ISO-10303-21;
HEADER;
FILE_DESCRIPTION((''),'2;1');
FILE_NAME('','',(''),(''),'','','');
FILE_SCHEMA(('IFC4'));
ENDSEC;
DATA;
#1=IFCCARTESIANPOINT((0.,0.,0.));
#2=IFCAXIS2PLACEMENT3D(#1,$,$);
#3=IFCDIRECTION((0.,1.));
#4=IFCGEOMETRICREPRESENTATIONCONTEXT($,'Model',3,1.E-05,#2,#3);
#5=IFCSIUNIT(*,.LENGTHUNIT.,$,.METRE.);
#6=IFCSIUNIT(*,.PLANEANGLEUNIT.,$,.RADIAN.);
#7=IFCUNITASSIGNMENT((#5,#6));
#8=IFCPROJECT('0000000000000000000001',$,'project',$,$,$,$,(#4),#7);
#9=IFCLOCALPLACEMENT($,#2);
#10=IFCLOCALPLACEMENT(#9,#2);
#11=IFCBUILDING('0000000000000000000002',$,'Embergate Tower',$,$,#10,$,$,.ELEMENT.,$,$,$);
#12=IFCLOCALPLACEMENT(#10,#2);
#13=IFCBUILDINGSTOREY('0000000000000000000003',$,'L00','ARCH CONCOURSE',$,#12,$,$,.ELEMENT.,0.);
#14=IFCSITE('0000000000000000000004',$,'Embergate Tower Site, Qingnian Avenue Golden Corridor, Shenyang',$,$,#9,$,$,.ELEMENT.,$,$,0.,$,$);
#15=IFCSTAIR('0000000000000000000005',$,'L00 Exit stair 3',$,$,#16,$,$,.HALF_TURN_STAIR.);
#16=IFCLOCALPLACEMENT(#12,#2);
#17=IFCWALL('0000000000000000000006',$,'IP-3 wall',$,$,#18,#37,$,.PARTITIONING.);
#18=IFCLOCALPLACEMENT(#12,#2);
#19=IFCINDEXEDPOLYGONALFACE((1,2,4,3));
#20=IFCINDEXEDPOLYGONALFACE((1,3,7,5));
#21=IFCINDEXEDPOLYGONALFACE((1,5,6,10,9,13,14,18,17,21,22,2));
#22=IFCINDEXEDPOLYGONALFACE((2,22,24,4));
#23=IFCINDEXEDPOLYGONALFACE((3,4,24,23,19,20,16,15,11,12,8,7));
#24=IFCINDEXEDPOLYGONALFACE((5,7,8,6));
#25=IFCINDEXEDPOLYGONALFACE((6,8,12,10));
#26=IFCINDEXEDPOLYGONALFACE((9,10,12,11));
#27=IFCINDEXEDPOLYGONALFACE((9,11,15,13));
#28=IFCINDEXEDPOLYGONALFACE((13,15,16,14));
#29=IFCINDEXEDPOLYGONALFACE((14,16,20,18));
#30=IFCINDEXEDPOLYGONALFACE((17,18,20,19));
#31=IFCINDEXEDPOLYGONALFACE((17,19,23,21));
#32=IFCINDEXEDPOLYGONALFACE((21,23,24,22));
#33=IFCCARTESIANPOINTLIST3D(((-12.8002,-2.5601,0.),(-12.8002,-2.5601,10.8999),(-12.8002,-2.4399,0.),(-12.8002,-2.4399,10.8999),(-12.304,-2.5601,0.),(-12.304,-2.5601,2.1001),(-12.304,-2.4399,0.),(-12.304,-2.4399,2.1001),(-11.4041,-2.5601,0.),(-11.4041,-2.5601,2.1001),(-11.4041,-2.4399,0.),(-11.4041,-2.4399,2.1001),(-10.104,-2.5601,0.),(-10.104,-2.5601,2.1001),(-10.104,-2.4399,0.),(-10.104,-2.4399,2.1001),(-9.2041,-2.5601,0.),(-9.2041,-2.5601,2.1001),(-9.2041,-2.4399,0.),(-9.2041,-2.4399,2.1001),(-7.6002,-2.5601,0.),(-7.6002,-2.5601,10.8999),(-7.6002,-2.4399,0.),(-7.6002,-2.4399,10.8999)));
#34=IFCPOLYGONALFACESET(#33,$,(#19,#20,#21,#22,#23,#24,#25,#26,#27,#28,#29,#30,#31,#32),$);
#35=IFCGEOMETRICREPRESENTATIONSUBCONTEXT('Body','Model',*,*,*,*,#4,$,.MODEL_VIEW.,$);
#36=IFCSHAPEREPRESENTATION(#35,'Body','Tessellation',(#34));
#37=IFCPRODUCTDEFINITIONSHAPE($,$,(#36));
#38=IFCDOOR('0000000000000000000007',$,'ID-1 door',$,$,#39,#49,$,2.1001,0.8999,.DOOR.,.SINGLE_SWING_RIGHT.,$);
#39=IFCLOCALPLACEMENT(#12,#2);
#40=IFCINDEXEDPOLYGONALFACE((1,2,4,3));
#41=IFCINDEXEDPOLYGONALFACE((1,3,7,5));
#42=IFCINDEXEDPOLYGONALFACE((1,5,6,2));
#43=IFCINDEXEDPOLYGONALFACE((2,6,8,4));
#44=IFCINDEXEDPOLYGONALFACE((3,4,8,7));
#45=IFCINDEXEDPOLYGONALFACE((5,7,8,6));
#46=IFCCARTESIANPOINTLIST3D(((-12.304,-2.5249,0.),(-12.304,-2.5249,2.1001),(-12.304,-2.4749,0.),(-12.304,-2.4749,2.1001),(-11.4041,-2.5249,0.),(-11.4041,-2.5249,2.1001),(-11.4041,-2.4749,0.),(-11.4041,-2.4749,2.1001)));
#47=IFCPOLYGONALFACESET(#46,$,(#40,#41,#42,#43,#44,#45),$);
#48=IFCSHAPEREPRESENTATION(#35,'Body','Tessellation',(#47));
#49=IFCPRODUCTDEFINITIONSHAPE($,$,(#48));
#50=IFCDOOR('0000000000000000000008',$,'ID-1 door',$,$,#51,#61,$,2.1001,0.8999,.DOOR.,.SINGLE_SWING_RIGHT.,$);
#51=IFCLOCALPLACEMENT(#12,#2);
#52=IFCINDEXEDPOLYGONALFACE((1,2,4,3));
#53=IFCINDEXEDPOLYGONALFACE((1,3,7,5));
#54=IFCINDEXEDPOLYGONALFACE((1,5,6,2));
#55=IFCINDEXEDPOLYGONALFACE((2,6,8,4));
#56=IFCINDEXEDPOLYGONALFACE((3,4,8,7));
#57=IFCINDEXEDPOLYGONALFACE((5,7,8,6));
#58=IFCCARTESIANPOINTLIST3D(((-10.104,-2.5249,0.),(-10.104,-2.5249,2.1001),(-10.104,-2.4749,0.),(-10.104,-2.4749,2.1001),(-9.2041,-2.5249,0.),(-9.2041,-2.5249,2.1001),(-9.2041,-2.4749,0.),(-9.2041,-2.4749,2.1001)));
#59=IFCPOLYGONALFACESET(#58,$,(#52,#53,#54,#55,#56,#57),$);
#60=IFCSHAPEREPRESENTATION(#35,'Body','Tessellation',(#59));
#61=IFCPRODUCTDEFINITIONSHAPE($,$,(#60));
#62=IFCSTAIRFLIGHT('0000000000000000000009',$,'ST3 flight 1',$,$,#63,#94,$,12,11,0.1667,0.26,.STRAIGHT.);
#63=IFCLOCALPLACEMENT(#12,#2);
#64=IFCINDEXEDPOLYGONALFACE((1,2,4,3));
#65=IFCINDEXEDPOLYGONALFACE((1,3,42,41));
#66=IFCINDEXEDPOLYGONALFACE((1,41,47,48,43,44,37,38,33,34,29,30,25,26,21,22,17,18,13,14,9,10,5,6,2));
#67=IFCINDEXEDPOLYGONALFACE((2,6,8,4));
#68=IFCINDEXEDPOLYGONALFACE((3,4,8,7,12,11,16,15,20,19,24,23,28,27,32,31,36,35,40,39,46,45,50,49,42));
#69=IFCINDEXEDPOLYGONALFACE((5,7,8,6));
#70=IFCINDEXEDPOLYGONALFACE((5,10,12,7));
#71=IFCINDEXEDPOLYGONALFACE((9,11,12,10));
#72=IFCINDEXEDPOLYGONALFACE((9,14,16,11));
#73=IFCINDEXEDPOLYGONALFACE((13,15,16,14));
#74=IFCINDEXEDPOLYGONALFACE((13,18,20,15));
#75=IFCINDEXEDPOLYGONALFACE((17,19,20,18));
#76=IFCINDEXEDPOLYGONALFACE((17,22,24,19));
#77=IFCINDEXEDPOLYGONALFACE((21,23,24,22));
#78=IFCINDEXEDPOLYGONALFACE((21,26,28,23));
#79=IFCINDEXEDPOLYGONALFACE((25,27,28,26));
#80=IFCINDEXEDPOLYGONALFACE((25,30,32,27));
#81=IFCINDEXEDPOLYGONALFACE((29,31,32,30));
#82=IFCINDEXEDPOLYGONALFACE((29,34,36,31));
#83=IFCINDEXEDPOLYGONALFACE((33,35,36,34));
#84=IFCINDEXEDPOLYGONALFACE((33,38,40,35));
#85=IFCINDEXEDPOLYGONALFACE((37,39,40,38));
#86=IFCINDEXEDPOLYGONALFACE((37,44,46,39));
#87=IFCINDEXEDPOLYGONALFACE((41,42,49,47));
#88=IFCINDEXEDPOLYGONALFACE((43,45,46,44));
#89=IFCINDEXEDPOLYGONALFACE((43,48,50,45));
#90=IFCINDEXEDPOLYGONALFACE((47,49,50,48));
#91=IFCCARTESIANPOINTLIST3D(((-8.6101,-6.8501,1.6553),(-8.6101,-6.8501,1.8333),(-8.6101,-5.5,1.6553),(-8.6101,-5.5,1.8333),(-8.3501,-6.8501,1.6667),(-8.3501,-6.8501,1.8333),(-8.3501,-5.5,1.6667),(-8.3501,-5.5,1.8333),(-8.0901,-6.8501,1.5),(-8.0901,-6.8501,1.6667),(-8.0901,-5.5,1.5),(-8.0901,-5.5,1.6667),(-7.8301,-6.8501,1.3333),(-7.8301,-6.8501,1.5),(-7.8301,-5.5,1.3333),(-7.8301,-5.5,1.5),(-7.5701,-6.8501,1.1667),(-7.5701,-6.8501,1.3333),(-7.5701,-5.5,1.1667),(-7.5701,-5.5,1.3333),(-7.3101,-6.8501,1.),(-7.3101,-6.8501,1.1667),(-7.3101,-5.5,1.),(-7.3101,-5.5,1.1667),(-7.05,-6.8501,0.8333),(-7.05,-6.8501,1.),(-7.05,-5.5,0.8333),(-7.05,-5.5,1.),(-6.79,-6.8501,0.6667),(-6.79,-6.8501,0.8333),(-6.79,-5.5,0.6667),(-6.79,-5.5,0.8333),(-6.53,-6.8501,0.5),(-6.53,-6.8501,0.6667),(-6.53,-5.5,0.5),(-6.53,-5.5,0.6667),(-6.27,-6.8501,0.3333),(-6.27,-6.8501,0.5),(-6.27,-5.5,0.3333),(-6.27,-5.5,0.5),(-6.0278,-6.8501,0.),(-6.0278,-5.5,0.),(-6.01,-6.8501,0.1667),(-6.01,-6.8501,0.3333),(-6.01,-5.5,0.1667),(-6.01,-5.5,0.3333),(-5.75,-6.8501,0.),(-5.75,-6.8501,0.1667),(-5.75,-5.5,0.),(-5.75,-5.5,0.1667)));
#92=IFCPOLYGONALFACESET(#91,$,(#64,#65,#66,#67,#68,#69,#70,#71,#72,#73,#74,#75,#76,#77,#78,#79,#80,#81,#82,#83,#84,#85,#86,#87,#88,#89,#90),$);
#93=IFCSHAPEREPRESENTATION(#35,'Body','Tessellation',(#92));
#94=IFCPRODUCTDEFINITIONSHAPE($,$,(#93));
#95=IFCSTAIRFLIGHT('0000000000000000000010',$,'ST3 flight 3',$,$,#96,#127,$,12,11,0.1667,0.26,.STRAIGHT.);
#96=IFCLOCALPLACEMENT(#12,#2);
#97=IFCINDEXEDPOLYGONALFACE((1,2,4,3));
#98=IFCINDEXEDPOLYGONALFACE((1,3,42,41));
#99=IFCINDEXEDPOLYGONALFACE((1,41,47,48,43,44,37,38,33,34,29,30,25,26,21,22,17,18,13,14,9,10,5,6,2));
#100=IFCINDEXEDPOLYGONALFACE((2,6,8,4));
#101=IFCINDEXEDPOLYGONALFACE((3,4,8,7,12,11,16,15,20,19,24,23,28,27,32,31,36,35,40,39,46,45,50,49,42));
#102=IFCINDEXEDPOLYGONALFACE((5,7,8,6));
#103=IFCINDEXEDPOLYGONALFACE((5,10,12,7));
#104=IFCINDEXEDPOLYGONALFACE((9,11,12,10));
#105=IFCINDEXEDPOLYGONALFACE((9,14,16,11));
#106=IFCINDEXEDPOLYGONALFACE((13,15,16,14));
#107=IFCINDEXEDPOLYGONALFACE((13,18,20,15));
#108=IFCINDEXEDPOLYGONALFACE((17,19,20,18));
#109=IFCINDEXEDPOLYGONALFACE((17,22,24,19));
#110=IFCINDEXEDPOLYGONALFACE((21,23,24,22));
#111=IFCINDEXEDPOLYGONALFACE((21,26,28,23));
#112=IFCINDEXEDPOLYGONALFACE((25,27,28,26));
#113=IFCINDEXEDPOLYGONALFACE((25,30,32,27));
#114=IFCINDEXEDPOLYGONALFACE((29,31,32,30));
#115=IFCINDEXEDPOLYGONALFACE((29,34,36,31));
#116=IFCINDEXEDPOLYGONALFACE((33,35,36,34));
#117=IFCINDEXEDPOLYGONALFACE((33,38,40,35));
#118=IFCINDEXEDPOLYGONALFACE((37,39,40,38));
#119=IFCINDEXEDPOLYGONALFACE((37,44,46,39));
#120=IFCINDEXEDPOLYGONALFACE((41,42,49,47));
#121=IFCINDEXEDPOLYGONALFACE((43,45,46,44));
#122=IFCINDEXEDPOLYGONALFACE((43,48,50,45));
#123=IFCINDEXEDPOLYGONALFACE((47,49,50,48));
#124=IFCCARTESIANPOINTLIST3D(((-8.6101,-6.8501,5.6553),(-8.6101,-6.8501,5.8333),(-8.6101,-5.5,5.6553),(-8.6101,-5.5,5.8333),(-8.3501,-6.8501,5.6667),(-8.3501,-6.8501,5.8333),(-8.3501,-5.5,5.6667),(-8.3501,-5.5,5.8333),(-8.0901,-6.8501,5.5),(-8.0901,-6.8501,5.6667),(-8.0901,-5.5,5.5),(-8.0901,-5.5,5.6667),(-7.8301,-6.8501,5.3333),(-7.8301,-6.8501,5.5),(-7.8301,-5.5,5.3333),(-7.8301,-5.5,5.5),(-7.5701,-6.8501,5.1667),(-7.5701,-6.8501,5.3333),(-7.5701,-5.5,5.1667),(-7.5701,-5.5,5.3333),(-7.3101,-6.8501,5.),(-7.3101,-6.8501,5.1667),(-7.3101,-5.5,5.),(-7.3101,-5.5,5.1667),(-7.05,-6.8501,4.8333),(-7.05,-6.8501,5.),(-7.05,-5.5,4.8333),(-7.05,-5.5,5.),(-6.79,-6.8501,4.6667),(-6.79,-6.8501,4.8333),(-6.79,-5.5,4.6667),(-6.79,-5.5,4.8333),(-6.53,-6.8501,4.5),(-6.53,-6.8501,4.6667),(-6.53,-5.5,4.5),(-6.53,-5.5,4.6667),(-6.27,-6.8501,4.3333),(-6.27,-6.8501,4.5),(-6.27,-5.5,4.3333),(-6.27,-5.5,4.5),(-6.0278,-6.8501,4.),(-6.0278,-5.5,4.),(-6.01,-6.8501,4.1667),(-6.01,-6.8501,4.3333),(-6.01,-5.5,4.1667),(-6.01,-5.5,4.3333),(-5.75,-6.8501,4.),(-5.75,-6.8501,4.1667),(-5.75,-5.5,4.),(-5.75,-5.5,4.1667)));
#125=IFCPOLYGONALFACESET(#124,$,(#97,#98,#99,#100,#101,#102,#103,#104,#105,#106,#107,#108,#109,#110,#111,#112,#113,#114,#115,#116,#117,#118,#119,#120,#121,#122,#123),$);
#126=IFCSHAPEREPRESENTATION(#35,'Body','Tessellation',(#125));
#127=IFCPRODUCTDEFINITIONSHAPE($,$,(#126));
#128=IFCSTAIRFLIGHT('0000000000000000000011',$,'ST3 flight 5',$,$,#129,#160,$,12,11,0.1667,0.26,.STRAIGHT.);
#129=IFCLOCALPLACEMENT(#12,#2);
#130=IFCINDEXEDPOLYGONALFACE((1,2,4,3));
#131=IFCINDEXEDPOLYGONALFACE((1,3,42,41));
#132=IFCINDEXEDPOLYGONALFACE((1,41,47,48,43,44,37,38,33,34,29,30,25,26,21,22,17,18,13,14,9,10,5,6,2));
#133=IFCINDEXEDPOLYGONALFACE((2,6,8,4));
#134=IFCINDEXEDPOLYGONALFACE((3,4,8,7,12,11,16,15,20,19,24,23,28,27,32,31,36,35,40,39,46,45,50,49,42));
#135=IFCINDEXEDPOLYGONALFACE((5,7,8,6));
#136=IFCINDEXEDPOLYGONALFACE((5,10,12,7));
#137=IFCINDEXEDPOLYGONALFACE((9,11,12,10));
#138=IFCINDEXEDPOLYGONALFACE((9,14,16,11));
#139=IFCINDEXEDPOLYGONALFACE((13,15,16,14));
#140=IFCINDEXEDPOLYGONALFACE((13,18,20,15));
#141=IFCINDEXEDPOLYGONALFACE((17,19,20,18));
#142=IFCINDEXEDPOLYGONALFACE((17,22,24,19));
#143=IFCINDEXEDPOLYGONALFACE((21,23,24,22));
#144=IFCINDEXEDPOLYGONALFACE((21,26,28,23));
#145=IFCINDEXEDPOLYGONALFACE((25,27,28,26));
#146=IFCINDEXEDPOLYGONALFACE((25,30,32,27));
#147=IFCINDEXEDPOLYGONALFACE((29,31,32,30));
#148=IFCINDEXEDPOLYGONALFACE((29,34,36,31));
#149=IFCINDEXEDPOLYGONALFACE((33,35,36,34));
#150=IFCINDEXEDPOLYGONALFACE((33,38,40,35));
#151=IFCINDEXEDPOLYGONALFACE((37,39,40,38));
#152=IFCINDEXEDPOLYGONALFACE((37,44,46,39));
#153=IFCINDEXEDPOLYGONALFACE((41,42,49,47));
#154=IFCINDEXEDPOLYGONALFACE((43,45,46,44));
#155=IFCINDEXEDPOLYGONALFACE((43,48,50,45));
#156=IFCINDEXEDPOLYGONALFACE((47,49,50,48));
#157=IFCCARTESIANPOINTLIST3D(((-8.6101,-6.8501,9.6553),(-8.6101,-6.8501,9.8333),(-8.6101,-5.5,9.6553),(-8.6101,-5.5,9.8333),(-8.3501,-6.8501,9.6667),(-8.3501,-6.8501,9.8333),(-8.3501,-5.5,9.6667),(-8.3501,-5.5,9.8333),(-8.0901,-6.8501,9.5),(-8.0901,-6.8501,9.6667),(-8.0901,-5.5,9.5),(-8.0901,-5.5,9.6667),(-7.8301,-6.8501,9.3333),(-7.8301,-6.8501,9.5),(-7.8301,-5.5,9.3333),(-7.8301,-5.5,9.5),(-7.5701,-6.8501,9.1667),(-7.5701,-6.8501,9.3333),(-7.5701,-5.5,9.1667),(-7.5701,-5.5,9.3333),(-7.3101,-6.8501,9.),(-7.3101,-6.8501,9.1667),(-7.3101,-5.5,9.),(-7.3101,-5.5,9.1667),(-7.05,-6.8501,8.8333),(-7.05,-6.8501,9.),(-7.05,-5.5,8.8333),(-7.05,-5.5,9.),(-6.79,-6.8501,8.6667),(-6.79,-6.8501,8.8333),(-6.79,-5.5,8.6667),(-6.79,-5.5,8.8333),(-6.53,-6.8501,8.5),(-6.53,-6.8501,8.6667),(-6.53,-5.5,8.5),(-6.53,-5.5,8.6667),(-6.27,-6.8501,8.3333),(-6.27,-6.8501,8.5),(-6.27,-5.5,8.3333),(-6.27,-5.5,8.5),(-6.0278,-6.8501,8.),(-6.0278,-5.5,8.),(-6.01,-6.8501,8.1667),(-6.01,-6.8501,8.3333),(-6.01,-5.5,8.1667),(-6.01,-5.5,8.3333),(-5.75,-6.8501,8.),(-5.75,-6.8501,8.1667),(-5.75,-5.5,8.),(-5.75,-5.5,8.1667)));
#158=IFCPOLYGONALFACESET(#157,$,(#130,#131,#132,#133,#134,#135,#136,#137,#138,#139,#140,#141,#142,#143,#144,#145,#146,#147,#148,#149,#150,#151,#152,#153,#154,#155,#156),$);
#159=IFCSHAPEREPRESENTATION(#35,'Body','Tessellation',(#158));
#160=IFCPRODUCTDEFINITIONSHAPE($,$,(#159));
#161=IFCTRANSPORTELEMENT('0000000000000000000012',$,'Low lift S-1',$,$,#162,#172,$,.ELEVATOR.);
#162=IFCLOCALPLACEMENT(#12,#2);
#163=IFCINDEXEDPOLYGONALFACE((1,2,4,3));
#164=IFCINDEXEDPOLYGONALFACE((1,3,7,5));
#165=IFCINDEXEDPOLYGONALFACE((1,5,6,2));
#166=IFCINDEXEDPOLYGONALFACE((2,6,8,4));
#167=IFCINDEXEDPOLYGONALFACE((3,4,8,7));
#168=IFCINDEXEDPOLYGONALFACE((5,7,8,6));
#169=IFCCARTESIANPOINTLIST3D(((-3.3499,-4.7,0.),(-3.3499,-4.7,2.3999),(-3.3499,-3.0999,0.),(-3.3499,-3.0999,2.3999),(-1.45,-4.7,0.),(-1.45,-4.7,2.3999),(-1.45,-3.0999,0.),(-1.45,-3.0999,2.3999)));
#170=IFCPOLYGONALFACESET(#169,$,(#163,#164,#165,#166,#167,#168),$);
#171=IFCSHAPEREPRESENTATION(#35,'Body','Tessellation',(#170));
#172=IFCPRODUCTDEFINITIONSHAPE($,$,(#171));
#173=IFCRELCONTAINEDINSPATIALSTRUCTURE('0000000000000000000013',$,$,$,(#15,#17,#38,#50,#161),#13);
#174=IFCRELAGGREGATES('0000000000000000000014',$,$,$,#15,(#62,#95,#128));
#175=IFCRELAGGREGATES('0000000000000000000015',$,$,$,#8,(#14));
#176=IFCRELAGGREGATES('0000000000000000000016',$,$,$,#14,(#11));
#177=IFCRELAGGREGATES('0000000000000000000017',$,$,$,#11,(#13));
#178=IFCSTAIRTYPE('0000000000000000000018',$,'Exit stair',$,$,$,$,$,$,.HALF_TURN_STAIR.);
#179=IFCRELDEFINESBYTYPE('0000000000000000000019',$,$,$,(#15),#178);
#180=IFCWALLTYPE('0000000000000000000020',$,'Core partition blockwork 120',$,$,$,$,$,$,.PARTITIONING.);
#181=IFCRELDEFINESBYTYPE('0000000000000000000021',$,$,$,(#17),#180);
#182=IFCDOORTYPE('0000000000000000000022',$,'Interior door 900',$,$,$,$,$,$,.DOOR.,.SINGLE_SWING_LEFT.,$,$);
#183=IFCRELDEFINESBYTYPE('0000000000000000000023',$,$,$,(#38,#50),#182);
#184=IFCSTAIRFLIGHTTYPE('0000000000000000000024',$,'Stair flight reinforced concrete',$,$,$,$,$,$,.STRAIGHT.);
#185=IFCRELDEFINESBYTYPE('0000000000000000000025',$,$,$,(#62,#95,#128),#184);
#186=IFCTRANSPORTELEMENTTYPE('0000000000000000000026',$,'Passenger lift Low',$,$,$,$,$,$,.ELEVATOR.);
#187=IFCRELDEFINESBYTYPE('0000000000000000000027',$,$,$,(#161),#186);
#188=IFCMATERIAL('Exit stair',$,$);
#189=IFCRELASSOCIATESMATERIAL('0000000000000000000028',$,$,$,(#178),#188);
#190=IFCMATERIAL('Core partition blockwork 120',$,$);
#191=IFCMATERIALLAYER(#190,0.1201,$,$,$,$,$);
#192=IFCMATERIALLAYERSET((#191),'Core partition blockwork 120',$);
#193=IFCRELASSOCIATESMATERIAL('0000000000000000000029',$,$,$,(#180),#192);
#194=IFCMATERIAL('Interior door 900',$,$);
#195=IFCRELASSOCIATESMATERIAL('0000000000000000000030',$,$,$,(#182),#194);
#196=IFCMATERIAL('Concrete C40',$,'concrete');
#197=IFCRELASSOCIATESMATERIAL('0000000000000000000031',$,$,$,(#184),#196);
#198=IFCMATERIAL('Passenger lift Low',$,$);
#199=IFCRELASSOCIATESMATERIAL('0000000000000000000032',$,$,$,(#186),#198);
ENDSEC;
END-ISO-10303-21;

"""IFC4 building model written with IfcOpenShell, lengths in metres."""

from ifc_helpers import new_model, si_unit, direction, frame, frame_2d, origin, origin_2d, place, context, subcontext, project, spatial, polyline, rectangle, outline, extrude, source, transform, mapped, material, layer, layer_set, type_object, element, fill, aggregate, save


model = new_model("IFC4")

# Units and contexts
model_context = context("Model", 3, precision=1e-05, world=origin(), true_north=direction((0.0, 1.0)))
body_context = subcontext(model_context, "Body", "Model", "MODEL_VIEW")
ifc_project = project(units=[si_unit("LENGTHUNIT", "METRE"), si_unit("PLANEANGLEUNIT", "RADIAN")], contexts=[model_context])

# Site, building, storey
site_placement = place(None, origin())
site = spatial("IfcSite", under=ifc_project, at=site_placement, Name="Embergate Tower Site, Qingnian Avenue Golden Corridor, Shenyang", CompositionType="ELEMENT", RefElevation=0.0)
building_placement = place(site_placement, origin())
building = spatial("IfcBuilding", under=site, at=building_placement, Name="Embergate Tower", CompositionType="ELEMENT")
storey_placement = place(building_placement, origin())
storey = spatial("IfcBuildingStorey", under=building, at=storey_placement, Name="L00", Description="ARCH CONCOURSE", CompositionType="ELEMENT", Elevation=0.0)

# Stair
ifc_material_1 = material(Name="Exit stair")
stair_type = type_object("IfcStairType", Name="Exit stair", PredefinedType="HALF_TURN_STAIR", material=ifc_material_1)
stair_placement = place(storey_placement, origin())
stair = element("IfcStair", 1, at=stair_placement, inside=storey, type_object=stair_type, Name="L00 Exit stair 3", PredefinedType="HALF_TURN_STAIR")
ifc_material_2 = material(Name="Concrete C40", Category="concrete")

# Wall, openings, doors
ifc_material_3 = material(Name="Core partition blockwork 120")
ifc_layer_1 = layer(ifc_material_3, 0.1201)
ifc_layer_set_1 = layer_set([ifc_layer_1], Name="Core partition blockwork 120")
wall_type_1 = type_object("IfcWallType", Name="Core partition blockwork 120", PredefinedType="PARTITIONING", material=ifc_layer_set_1)
shared_shape_1 = source(origin(), body_context, "Body", "SweptSolid", [
    extrude(rectangle(XDim=5.2, YDim=0.1201, at=frame_2d((2.6001, 0.0))), origin(), (0.0, 0.0, 1.0), 10.8999),
])
wall_1_placement = place(storey_placement, frame((-7.6001, -2.5, 0.0), z_axis=(0.0, 0.0, 1.0), x_axis=(-1.0, 0.0, 0.0)))
wall_1 = element("IfcWall", 2, at=wall_1_placement, inside=storey, type_object=wall_type_1, Name="IP-3 wall", PredefinedType="PARTITIONING", context=body_context, shape_type="MappedRepresentation", body=[
    mapped(shared_shape_1, transform((0.0, 0.0, 0.0))),
])
shared_shape_2 = source(origin(), body_context, "Body", "SweptSolid", [
    extrude(rectangle(XDim=0.8999, YDim=2.1001, at=frame_2d((0.45, 1.05))), frame((0.0, 0.0701, 0.0), z_axis=(0.0, -1.0, 0.0), x_axis=(1.0, 0.0, 0.0)), (0.0, 0.0, 1.0), 0.1401),
])
opening_1_placement = place(wall_1_placement, frame((3.804, 0.0, 0.0)))
opening_1 = element("IfcOpeningElement", 3, at=opening_1_placement, cuts=wall_1, PredefinedType="OPENING", context=body_context, shape_type="MappedRepresentation", body=[
    mapped(shared_shape_2, transform((0.0, 0.0, 0.0))),
])
opening_2_placement = place(wall_1_placement, frame((1.604, 0.0, 0.0)))
opening_2 = element("IfcOpeningElement", 4, at=opening_2_placement, cuts=wall_1, PredefinedType="OPENING", context=body_context, shape_type="MappedRepresentation", body=[
    mapped(shared_shape_2, transform((0.0, 0.0, 0.0))),
])
ifc_material_4 = material(Name="Interior door 900")
door_type_1 = type_object("IfcDoorType", Name="Interior door 900", OperationType="SINGLE_SWING_LEFT", PredefinedType="DOOR", material=ifc_material_4)
shared_shape_3 = source(origin(), body_context, "Body", "SweptSolid", [
    extrude(rectangle(XDim=0.8999, YDim=2.1001, at=frame_2d((0.45, 1.05))), frame((0.0, 0.0249, 0.0), z_axis=(0.0, -1.0, 0.0), x_axis=(1.0, 0.0, 0.0)), (0.0, 0.0, 1.0), 0.05),
])
door_1_placement = place(opening_1_placement, origin())
door_1 = element("IfcDoor", 5, at=door_1_placement, inside=storey, type_object=door_type_1, Name="ID-1 door", OperationType="SINGLE_SWING_RIGHT", OverallHeight=2.1001, OverallWidth=0.8999, PredefinedType="DOOR", context=body_context, shape_type="MappedRepresentation", body=[
    mapped(shared_shape_3, transform((0.0, 0.0, 0.0))),
])
fill(opening_1, door_1)
door_2_placement = place(opening_2_placement, origin())
door_2 = element("IfcDoor", 6, at=door_2_placement, inside=storey, type_object=door_type_1, Name="ID-1 door", OperationType="SINGLE_SWING_RIGHT", OverallHeight=2.1001, OverallWidth=0.8999, PredefinedType="DOOR", context=body_context, shape_type="MappedRepresentation", body=[
    mapped(shared_shape_3, transform((0.0, 0.0, 0.0))),
])
fill(opening_2, door_2)

# Stair flights
stair_flight_type = type_object("IfcStairFlightType", Name="Stair flight reinforced concrete", PredefinedType="STRAIGHT", material=ifc_material_2)
shared_shape_4 = source(origin(), body_context, "Body", "SweptSolid", [
    extrude(outline(polyline([(0.0, 0.0), (0.0, 0.1667), (0.26, 0.1667), (0.26, 0.3333), (0.52, 0.3333), (0.52, 0.5), (0.78, 0.5), (0.78, 0.6667), (1.04, 0.6667), (1.04, 0.8333), (1.3, 0.8333), (1.3, 1.0), (1.5601, 1.0), (1.5601, 1.1667), (1.8201, 1.1667), (1.8201, 1.3333), (2.0801, 1.3333), (2.0801, 1.5), (2.3401, 1.5), (2.3401, 1.6667), (2.6001, 1.6667), (2.6001, 1.8333), (2.8601, 1.8333), (2.8601, 2.0), (2.8601, 1.6553), (0.2778, 0.0), (0.0, 0.0)])), frame((0.0, 0.675, 0.0), z_axis=(0.0, -1.0, 0.0), x_axis=(1.0, 0.0, 0.0)), (0.0, 0.0, 1.0), 1.3501),
])
stair_flight_1_placement = place(storey_placement, frame((-5.75, -6.175, 0.0), z_axis=(0.0, 0.0, 1.0), x_axis=(-1.0, 0.0, 0.0)))
stair_flight_1 = element("IfcStairFlight", 7, at=stair_flight_1_placement, type_object=stair_flight_type, Name="ST3 flight 1", NumberOfRisers=12, NumberOfTreads=11, PredefinedType="STRAIGHT", RiserHeight=0.1667, TreadLength=0.26, context=body_context, shape_type="MappedRepresentation", body=[
    mapped(shared_shape_4, transform((0.0, 0.0, 0.0))),
])
stair_flight_2_placement = place(storey_placement, frame((-5.75, -6.175, 4.0), z_axis=(0.0, 0.0, 1.0), x_axis=(-1.0, 0.0, 0.0)))
stair_flight_2 = element("IfcStairFlight", 8, at=stair_flight_2_placement, type_object=stair_flight_type, Name="ST3 flight 3", NumberOfRisers=12, NumberOfTreads=11, PredefinedType="STRAIGHT", RiserHeight=0.1667, TreadLength=0.26, context=body_context, shape_type="MappedRepresentation", body=[
    mapped(shared_shape_4, transform((0.0, 0.0, 0.0))),
])
stair_flight_3_placement = place(storey_placement, frame((-5.75, -6.175, 8.0), z_axis=(0.0, 0.0, 1.0), x_axis=(-1.0, 0.0, 0.0)))
stair_flight_3 = element("IfcStairFlight", 9, at=stair_flight_3_placement, type_object=stair_flight_type, Name="ST3 flight 5", NumberOfRisers=12, NumberOfTreads=11, PredefinedType="STRAIGHT", RiserHeight=0.1667, TreadLength=0.26, context=body_context, shape_type="MappedRepresentation", body=[
    mapped(shared_shape_4, transform((0.0, 0.0, 0.0))),
])
aggregate(stair, [stair_flight_1, stair_flight_2, stair_flight_3])

# Transport element
ifc_material_5 = material(Name="Passenger lift Low")
transport_element_type_1 = type_object("IfcTransportElementType", Name="Passenger lift Low", PredefinedType="ELEVATOR", material=ifc_material_5)
shared_shape_5 = source(origin(), body_context, "Body", "SweptSolid", [
    extrude(rectangle(XDim=1.8999, YDim=1.6001, at=origin_2d()), origin(), (0.0, 0.0, 1.0), 2.3999),
])
transport_element_1_placement = place(storey_placement, frame((-2.3999, -3.8999, 0.0), z_axis=(0.0, 0.0, 1.0), x_axis=(1.0, 0.0, 0.0)))
element("IfcTransportElement", 10, at=transport_element_1_placement, inside=storey, type_object=transport_element_type_1, Name="Low lift S-1", PredefinedType="ELEVATOR", context=body_context, shape_type="MappedRepresentation", body=[
    mapped(shared_shape_5, transform((0.0, 0.0, 0.0))),
])

save(model, "model.ifc")
